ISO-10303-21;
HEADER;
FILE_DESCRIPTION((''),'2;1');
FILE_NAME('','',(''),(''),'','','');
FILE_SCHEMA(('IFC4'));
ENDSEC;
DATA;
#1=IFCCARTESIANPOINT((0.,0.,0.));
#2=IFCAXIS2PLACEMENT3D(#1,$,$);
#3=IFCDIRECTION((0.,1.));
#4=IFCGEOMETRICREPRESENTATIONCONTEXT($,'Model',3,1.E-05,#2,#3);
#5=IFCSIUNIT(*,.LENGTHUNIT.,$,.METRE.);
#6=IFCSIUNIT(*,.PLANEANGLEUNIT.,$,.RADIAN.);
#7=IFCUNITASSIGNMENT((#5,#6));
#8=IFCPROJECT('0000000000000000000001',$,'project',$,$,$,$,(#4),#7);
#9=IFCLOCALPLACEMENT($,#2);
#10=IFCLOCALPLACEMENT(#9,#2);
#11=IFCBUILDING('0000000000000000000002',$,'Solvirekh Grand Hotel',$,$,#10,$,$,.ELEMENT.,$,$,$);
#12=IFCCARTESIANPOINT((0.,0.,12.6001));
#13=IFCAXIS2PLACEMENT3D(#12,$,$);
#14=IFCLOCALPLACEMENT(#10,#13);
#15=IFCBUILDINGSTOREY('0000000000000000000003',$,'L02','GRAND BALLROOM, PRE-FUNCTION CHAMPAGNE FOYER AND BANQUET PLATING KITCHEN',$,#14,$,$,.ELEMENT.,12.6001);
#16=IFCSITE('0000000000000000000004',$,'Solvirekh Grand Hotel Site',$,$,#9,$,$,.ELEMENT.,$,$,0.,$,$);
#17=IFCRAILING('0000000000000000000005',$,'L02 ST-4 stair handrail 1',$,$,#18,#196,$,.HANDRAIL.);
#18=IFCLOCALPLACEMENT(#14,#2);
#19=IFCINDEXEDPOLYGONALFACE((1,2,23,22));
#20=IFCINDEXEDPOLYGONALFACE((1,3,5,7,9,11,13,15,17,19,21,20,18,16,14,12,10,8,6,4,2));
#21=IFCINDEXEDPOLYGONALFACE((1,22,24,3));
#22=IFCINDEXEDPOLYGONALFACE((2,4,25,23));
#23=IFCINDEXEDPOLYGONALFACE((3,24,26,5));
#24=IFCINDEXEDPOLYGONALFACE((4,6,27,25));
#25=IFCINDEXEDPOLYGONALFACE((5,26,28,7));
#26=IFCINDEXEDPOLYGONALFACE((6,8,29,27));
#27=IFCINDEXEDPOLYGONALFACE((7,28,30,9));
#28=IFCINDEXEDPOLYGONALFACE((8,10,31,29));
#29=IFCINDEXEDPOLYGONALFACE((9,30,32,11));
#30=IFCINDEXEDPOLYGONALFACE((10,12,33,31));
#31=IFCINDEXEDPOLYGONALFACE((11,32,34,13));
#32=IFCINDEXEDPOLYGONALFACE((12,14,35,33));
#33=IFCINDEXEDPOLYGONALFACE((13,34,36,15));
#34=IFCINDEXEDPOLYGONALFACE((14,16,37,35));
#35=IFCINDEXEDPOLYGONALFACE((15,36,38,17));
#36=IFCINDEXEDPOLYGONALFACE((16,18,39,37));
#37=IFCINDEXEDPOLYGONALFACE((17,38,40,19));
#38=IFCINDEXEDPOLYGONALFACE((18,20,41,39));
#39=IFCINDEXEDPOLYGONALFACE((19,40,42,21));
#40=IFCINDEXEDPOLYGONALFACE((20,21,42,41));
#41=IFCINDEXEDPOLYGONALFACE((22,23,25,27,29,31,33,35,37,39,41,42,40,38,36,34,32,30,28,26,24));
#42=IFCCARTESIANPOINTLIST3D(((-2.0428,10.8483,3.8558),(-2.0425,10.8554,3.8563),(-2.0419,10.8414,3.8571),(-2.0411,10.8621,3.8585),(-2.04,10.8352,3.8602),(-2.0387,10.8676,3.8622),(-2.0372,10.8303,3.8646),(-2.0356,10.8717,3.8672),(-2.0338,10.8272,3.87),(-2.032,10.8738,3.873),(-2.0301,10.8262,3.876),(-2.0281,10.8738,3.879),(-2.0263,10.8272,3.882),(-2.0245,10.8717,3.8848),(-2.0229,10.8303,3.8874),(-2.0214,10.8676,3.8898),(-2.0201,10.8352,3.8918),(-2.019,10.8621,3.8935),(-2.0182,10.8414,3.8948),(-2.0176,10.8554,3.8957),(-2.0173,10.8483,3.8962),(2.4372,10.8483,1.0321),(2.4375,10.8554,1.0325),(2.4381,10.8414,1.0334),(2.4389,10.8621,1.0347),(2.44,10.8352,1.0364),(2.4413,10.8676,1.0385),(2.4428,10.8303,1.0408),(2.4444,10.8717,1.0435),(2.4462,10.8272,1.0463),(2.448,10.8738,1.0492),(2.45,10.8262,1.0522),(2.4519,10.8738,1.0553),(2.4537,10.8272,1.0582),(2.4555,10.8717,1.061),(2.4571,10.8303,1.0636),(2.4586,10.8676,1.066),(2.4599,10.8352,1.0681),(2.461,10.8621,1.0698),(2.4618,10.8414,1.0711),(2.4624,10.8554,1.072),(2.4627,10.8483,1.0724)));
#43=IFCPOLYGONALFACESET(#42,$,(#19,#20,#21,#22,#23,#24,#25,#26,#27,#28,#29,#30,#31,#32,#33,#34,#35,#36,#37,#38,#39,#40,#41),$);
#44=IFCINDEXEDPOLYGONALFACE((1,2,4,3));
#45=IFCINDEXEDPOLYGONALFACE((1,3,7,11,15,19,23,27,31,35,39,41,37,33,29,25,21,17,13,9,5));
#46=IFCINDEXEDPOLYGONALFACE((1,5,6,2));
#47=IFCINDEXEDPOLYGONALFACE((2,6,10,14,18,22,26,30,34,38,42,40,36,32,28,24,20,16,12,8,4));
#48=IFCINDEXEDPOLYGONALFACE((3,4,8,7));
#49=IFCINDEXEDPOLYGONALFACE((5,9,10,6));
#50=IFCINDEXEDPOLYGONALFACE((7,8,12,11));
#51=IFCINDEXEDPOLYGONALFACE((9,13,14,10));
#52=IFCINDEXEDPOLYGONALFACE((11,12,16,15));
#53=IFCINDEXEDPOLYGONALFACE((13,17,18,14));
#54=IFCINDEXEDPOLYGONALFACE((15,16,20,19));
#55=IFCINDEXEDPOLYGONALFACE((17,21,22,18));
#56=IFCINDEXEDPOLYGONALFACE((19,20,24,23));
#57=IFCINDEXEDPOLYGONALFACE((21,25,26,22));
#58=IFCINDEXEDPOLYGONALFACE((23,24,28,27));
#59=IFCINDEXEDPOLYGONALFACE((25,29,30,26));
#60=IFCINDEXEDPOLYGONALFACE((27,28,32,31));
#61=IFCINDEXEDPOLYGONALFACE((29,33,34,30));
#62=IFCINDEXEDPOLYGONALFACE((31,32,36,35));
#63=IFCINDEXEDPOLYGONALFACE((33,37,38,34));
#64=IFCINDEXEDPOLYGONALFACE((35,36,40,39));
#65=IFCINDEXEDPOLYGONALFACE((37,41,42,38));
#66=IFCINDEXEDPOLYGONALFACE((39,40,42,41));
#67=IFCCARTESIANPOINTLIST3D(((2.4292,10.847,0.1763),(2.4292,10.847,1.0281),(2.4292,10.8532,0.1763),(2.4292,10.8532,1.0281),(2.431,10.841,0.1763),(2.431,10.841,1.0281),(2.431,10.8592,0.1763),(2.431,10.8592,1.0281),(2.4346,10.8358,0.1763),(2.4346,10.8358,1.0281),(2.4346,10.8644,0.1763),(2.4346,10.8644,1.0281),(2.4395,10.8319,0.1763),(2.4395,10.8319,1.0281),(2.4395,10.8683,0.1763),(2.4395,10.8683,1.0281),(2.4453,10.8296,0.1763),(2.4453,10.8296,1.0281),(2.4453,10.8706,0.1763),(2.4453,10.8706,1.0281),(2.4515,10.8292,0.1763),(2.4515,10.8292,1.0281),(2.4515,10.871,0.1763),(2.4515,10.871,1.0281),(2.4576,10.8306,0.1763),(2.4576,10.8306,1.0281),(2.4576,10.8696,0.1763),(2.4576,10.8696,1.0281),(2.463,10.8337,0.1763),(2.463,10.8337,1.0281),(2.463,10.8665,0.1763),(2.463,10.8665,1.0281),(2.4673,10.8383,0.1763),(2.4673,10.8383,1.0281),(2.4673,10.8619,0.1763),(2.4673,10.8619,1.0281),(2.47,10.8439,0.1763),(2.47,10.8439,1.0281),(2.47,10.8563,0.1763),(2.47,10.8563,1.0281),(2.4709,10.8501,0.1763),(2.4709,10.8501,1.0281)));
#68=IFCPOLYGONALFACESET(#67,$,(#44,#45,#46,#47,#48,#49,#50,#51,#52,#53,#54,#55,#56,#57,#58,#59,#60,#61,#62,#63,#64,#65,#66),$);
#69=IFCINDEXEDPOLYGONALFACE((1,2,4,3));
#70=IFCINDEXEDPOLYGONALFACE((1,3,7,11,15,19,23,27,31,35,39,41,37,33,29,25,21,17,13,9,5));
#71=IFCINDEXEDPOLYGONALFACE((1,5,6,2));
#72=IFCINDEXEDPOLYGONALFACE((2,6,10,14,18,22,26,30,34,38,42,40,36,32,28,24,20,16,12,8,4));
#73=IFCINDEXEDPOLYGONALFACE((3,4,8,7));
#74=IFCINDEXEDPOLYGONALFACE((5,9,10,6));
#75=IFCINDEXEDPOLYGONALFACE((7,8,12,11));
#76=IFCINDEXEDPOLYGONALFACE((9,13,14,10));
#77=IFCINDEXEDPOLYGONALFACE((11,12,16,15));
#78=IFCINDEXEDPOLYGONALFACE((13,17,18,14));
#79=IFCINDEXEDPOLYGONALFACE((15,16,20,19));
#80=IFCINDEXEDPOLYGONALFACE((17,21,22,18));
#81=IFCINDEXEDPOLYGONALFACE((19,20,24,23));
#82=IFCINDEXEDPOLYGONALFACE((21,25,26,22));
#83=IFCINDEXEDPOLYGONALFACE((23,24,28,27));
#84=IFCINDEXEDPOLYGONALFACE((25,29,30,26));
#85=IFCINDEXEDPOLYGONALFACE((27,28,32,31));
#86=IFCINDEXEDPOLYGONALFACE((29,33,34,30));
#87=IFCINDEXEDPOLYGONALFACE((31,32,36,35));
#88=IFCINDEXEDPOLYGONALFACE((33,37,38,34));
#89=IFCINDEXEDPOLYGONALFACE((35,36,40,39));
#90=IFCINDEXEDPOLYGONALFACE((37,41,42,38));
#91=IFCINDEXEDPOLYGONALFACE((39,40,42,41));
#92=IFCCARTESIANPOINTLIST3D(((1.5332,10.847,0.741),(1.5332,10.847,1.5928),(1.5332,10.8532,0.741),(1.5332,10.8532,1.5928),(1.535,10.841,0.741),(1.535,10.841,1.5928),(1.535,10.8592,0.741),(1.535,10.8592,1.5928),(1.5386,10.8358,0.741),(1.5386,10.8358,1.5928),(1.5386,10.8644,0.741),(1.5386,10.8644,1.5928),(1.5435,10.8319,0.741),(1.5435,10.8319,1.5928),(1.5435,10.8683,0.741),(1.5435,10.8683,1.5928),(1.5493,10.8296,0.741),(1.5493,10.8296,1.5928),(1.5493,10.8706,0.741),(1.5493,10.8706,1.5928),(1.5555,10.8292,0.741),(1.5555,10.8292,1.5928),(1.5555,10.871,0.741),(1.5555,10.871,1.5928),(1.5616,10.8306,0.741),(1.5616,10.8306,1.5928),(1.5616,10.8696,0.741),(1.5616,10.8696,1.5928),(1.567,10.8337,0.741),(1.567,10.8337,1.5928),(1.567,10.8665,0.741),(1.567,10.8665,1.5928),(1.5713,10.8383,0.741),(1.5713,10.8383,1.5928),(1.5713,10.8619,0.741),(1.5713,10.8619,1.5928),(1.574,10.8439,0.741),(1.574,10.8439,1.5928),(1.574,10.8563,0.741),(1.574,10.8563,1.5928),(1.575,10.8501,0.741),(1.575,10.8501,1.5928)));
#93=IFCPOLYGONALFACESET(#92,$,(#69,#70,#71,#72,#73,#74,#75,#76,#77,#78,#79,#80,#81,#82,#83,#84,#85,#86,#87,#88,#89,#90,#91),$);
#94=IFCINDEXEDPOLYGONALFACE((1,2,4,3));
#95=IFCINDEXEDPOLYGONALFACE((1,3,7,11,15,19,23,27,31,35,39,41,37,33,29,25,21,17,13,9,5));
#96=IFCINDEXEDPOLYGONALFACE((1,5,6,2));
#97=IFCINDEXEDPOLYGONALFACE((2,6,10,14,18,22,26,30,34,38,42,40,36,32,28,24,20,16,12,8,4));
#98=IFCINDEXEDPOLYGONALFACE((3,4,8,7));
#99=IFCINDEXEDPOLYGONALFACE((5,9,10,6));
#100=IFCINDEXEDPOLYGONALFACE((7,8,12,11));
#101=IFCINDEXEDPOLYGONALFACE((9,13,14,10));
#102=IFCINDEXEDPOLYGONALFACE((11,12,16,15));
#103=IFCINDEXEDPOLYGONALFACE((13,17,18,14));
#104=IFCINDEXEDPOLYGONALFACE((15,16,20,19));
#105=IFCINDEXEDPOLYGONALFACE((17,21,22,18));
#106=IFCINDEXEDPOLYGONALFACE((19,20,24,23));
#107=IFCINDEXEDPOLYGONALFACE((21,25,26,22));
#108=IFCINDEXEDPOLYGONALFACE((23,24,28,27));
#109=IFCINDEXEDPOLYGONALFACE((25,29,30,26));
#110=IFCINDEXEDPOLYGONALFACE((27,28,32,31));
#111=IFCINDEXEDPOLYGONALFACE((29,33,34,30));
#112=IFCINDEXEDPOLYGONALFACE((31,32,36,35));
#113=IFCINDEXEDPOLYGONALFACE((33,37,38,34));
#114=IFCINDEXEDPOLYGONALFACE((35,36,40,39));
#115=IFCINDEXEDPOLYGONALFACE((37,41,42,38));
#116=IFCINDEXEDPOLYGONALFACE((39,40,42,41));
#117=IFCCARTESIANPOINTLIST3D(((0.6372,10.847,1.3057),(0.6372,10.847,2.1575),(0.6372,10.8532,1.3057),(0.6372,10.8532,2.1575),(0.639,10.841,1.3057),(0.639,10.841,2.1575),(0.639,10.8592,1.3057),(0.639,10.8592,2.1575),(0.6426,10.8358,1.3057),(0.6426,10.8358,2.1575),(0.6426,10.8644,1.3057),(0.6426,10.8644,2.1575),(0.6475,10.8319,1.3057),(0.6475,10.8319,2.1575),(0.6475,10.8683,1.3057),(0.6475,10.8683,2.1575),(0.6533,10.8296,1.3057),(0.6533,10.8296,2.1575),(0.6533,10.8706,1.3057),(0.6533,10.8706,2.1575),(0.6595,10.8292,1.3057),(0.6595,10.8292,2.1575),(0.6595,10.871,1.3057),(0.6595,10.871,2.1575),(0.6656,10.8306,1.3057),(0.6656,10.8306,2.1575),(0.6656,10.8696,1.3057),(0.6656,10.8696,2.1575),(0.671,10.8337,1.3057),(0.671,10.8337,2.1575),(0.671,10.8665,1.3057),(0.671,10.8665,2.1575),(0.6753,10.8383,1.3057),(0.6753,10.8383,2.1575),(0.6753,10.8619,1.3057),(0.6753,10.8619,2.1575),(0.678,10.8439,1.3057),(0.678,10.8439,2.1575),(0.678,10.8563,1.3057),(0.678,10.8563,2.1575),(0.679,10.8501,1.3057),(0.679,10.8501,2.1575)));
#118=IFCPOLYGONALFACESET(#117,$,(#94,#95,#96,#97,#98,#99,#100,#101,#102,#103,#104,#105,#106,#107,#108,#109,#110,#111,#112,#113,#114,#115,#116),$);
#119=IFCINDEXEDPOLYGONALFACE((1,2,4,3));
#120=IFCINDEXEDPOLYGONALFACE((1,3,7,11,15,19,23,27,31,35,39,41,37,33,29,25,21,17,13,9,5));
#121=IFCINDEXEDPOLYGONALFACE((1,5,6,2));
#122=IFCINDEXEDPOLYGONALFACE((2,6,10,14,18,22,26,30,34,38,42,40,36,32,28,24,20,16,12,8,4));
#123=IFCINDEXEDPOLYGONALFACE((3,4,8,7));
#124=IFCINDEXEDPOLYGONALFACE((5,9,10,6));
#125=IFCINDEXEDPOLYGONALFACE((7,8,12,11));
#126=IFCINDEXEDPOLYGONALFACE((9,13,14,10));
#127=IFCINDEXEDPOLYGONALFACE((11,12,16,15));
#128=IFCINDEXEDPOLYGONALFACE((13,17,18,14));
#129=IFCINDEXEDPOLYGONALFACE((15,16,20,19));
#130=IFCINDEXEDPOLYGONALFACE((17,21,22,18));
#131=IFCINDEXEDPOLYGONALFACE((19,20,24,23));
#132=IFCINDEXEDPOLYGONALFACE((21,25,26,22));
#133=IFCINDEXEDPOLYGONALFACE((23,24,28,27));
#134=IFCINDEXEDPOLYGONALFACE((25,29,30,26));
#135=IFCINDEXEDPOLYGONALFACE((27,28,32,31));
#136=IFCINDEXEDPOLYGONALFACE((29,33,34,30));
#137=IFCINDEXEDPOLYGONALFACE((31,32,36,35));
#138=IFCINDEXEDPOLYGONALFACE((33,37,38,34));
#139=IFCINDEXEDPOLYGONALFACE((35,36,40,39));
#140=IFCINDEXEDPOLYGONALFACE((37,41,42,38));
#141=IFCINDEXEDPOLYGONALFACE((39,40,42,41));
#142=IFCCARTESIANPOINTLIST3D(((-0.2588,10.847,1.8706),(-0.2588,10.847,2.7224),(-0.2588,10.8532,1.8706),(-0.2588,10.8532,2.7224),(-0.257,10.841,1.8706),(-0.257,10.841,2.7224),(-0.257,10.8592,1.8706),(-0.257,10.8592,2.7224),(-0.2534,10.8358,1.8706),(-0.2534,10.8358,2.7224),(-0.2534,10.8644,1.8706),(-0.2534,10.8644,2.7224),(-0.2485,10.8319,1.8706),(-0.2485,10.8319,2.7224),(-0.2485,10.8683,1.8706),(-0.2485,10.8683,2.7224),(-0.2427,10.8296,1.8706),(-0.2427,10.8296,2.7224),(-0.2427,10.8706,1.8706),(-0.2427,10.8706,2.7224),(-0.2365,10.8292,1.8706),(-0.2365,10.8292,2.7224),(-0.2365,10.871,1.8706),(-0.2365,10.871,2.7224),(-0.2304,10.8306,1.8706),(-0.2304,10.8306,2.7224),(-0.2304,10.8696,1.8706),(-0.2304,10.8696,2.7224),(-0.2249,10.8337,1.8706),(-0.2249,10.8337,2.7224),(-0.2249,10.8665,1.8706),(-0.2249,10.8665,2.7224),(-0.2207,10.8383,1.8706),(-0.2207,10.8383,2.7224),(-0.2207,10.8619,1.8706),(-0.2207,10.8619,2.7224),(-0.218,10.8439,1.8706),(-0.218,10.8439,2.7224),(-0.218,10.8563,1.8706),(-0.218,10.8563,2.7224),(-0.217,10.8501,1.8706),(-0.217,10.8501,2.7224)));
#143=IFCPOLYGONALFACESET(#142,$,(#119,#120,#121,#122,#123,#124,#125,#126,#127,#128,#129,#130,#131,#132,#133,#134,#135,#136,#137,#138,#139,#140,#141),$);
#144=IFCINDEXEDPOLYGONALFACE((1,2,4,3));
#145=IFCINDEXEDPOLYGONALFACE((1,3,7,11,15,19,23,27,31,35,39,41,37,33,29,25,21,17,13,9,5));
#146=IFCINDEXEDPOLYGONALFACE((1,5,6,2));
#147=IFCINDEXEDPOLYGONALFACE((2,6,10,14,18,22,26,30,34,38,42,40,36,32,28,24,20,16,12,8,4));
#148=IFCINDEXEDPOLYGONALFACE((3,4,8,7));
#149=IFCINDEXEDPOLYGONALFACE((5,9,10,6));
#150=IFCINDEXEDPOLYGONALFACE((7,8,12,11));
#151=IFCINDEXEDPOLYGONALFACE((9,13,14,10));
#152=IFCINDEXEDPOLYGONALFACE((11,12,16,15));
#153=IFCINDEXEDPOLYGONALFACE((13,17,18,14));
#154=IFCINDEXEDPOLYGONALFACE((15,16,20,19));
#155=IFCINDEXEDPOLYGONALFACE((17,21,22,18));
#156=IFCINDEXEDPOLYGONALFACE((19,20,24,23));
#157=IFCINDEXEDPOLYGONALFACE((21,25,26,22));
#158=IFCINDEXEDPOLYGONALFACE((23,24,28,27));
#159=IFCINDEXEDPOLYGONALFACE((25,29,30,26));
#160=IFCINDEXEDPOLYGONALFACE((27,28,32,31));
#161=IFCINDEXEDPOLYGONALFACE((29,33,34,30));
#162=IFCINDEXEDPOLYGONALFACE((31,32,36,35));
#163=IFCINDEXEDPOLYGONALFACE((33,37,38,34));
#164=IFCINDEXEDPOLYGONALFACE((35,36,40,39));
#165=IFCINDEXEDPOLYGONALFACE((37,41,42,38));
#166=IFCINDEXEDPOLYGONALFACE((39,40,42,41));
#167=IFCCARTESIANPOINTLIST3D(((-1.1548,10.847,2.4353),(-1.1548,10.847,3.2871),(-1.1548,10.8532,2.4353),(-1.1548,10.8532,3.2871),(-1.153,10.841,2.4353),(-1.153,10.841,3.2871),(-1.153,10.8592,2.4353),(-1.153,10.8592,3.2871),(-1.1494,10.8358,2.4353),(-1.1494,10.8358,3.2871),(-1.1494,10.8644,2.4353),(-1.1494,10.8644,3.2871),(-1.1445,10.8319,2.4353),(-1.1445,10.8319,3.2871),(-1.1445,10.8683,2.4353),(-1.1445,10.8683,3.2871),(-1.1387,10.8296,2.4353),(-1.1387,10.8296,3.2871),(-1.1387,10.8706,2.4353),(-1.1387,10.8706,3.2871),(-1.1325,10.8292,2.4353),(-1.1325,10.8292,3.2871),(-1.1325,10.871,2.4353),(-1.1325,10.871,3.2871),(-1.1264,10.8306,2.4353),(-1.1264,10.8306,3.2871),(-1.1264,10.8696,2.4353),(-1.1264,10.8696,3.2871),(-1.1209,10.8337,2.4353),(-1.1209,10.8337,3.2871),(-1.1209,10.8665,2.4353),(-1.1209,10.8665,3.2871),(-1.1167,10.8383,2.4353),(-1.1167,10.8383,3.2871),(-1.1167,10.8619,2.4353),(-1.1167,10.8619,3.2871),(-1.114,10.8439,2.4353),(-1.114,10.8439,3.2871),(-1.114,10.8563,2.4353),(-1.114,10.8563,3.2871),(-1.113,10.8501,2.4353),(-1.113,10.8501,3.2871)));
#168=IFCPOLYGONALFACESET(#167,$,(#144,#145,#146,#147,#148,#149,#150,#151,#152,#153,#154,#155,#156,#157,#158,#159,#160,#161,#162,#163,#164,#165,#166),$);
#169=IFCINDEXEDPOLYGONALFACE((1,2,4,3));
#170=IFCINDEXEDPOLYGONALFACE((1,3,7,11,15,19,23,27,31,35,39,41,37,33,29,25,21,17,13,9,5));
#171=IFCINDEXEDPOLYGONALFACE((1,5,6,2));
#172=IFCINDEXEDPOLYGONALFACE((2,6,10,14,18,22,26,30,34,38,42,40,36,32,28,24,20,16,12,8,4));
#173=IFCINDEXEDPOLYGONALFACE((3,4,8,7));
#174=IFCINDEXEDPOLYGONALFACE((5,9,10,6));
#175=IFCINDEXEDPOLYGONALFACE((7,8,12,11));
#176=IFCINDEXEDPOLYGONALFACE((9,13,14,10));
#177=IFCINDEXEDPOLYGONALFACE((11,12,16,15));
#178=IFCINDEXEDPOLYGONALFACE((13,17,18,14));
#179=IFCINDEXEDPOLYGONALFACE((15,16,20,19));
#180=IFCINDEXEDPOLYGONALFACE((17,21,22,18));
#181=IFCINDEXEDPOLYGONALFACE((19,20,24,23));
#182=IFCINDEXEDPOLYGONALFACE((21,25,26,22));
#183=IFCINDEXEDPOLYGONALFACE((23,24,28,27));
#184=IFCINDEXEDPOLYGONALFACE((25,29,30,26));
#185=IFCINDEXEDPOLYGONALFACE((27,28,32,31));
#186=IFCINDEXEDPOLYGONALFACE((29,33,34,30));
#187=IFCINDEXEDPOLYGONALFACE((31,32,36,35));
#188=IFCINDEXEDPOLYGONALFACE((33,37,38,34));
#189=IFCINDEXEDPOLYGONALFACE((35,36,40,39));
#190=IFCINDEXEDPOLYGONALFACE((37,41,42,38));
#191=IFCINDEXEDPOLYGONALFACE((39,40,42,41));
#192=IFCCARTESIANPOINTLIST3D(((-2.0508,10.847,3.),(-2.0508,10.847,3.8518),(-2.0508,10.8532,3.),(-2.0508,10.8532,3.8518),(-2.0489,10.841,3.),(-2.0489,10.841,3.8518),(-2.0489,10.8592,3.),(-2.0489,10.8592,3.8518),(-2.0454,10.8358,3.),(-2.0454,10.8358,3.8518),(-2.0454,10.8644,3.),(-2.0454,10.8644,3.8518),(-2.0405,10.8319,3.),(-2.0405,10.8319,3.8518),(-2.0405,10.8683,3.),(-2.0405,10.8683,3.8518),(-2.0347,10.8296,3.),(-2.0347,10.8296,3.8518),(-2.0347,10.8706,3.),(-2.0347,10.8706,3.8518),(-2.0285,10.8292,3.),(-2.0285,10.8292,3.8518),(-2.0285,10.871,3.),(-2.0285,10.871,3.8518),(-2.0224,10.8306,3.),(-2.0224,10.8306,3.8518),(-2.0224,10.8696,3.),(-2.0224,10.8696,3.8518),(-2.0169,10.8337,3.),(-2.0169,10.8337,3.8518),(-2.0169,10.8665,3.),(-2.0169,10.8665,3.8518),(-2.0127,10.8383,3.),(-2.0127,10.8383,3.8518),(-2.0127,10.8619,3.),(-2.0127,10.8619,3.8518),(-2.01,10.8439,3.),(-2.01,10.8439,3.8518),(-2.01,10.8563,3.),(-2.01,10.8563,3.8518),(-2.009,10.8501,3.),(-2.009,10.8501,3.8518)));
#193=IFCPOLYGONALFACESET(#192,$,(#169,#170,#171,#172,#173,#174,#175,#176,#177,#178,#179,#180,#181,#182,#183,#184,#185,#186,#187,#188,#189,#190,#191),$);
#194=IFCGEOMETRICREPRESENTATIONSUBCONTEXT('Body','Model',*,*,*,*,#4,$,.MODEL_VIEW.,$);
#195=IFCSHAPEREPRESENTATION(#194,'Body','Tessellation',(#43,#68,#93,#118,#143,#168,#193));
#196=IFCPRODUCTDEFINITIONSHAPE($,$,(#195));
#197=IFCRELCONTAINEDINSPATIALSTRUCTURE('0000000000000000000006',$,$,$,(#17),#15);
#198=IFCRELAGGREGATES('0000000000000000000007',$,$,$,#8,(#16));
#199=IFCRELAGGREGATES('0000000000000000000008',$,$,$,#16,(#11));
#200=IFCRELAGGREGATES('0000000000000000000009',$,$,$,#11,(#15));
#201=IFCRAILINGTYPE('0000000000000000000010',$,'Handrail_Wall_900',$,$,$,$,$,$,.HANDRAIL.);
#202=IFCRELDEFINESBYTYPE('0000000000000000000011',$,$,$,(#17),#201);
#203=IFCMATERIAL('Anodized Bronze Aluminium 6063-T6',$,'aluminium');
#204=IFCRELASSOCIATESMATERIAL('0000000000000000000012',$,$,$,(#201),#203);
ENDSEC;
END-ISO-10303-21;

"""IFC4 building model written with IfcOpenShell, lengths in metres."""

from ifc_helpers import new_model, si_unit, direction, frame, origin, origin_2d, place, context, subcontext, project, spatial, circle, extrude, material, type_object, element, save


model = new_model("IFC4")

# Units and contexts
model_context = context("Model", 3, precision=1e-05, world=origin(), true_north=direction((0.0, 1.0)))
body_context = subcontext(model_context, "Body", "Model", "MODEL_VIEW")
ifc_project = project(units=[si_unit("LENGTHUNIT", "METRE"), si_unit("PLANEANGLEUNIT", "RADIAN")], contexts=[model_context])

# Site, building, storey
site_placement = place(None, origin())
site = spatial("IfcSite", under=ifc_project, at=site_placement, Name="Solvirekh Grand Hotel Site", CompositionType="ELEMENT", RefElevation=0.0)
building_placement = place(site_placement, origin())
building = spatial("IfcBuilding", under=site, at=building_placement, Name="Solvirekh Grand Hotel", CompositionType="ELEMENT")
storey_placement = place(building_placement, frame((0.0, 0.0, 12.6001)))
storey = spatial("IfcBuildingStorey", under=building, at=storey_placement, Name="L02", Description="GRAND BALLROOM, PRE-FUNCTION CHAMPAGNE FOYER AND BANQUET PLATING KITCHEN", CompositionType="ELEMENT", Elevation=12.6001)

# Shared definitions
ifc_material_1 = material(Name="Anodized Bronze Aluminium 6063-T6", Category="aluminium")

# Railing
railing_type_1 = type_object("IfcRailingType", Name="Handrail_Wall_900", PredefinedType="HANDRAIL", material=ifc_material_1)
railing_1_placement = place(storey_placement, frame((2.45, 10.8501, 0.1763)))
element("IfcRailing", 1, at=railing_1_placement, inside=storey, type_object=railing_type_1, Name="L02 ST-4 stair handrail 1", PredefinedType="HANDRAIL", context=body_context, shape_type="SweptSolid", body=[
    extrude(circle(Radius=0.0239, at=origin_2d()), frame((0.0, 0.0, 0.876), z_axis=(-0.845977, 0.0, 0.533219), x_axis=(0.0, -1.0, 0.0)), (0.0, 0.0, 1.0), 5.2957),
    extrude(circle(Radius=0.021, at=origin_2d()), origin(), (0.0, 0.0, 1.0), 0.8518),
    extrude(circle(Radius=0.021, at=origin_2d()), frame((-0.896, 0.0, 0.5647)), (0.0, 0.0, 1.0), 0.8518),
    extrude(circle(Radius=0.021, at=origin_2d()), frame((-1.792, 0.0, 1.1294)), (0.0, 0.0, 1.0), 0.8518),
    extrude(circle(Radius=0.021, at=origin_2d()), frame((-2.688, 0.0, 1.6943)), (0.0, 0.0, 1.0), 0.8518),
    extrude(circle(Radius=0.021, at=origin_2d()), frame((-3.584, 0.0, 2.259)), (0.0, 0.0, 1.0), 0.8518),
    extrude(circle(Radius=0.021, at=origin_2d()), frame((-4.48, 0.0, 2.8237)), (0.0, 0.0, 1.0), 0.8518),
])

save(model, "model.ifc")
